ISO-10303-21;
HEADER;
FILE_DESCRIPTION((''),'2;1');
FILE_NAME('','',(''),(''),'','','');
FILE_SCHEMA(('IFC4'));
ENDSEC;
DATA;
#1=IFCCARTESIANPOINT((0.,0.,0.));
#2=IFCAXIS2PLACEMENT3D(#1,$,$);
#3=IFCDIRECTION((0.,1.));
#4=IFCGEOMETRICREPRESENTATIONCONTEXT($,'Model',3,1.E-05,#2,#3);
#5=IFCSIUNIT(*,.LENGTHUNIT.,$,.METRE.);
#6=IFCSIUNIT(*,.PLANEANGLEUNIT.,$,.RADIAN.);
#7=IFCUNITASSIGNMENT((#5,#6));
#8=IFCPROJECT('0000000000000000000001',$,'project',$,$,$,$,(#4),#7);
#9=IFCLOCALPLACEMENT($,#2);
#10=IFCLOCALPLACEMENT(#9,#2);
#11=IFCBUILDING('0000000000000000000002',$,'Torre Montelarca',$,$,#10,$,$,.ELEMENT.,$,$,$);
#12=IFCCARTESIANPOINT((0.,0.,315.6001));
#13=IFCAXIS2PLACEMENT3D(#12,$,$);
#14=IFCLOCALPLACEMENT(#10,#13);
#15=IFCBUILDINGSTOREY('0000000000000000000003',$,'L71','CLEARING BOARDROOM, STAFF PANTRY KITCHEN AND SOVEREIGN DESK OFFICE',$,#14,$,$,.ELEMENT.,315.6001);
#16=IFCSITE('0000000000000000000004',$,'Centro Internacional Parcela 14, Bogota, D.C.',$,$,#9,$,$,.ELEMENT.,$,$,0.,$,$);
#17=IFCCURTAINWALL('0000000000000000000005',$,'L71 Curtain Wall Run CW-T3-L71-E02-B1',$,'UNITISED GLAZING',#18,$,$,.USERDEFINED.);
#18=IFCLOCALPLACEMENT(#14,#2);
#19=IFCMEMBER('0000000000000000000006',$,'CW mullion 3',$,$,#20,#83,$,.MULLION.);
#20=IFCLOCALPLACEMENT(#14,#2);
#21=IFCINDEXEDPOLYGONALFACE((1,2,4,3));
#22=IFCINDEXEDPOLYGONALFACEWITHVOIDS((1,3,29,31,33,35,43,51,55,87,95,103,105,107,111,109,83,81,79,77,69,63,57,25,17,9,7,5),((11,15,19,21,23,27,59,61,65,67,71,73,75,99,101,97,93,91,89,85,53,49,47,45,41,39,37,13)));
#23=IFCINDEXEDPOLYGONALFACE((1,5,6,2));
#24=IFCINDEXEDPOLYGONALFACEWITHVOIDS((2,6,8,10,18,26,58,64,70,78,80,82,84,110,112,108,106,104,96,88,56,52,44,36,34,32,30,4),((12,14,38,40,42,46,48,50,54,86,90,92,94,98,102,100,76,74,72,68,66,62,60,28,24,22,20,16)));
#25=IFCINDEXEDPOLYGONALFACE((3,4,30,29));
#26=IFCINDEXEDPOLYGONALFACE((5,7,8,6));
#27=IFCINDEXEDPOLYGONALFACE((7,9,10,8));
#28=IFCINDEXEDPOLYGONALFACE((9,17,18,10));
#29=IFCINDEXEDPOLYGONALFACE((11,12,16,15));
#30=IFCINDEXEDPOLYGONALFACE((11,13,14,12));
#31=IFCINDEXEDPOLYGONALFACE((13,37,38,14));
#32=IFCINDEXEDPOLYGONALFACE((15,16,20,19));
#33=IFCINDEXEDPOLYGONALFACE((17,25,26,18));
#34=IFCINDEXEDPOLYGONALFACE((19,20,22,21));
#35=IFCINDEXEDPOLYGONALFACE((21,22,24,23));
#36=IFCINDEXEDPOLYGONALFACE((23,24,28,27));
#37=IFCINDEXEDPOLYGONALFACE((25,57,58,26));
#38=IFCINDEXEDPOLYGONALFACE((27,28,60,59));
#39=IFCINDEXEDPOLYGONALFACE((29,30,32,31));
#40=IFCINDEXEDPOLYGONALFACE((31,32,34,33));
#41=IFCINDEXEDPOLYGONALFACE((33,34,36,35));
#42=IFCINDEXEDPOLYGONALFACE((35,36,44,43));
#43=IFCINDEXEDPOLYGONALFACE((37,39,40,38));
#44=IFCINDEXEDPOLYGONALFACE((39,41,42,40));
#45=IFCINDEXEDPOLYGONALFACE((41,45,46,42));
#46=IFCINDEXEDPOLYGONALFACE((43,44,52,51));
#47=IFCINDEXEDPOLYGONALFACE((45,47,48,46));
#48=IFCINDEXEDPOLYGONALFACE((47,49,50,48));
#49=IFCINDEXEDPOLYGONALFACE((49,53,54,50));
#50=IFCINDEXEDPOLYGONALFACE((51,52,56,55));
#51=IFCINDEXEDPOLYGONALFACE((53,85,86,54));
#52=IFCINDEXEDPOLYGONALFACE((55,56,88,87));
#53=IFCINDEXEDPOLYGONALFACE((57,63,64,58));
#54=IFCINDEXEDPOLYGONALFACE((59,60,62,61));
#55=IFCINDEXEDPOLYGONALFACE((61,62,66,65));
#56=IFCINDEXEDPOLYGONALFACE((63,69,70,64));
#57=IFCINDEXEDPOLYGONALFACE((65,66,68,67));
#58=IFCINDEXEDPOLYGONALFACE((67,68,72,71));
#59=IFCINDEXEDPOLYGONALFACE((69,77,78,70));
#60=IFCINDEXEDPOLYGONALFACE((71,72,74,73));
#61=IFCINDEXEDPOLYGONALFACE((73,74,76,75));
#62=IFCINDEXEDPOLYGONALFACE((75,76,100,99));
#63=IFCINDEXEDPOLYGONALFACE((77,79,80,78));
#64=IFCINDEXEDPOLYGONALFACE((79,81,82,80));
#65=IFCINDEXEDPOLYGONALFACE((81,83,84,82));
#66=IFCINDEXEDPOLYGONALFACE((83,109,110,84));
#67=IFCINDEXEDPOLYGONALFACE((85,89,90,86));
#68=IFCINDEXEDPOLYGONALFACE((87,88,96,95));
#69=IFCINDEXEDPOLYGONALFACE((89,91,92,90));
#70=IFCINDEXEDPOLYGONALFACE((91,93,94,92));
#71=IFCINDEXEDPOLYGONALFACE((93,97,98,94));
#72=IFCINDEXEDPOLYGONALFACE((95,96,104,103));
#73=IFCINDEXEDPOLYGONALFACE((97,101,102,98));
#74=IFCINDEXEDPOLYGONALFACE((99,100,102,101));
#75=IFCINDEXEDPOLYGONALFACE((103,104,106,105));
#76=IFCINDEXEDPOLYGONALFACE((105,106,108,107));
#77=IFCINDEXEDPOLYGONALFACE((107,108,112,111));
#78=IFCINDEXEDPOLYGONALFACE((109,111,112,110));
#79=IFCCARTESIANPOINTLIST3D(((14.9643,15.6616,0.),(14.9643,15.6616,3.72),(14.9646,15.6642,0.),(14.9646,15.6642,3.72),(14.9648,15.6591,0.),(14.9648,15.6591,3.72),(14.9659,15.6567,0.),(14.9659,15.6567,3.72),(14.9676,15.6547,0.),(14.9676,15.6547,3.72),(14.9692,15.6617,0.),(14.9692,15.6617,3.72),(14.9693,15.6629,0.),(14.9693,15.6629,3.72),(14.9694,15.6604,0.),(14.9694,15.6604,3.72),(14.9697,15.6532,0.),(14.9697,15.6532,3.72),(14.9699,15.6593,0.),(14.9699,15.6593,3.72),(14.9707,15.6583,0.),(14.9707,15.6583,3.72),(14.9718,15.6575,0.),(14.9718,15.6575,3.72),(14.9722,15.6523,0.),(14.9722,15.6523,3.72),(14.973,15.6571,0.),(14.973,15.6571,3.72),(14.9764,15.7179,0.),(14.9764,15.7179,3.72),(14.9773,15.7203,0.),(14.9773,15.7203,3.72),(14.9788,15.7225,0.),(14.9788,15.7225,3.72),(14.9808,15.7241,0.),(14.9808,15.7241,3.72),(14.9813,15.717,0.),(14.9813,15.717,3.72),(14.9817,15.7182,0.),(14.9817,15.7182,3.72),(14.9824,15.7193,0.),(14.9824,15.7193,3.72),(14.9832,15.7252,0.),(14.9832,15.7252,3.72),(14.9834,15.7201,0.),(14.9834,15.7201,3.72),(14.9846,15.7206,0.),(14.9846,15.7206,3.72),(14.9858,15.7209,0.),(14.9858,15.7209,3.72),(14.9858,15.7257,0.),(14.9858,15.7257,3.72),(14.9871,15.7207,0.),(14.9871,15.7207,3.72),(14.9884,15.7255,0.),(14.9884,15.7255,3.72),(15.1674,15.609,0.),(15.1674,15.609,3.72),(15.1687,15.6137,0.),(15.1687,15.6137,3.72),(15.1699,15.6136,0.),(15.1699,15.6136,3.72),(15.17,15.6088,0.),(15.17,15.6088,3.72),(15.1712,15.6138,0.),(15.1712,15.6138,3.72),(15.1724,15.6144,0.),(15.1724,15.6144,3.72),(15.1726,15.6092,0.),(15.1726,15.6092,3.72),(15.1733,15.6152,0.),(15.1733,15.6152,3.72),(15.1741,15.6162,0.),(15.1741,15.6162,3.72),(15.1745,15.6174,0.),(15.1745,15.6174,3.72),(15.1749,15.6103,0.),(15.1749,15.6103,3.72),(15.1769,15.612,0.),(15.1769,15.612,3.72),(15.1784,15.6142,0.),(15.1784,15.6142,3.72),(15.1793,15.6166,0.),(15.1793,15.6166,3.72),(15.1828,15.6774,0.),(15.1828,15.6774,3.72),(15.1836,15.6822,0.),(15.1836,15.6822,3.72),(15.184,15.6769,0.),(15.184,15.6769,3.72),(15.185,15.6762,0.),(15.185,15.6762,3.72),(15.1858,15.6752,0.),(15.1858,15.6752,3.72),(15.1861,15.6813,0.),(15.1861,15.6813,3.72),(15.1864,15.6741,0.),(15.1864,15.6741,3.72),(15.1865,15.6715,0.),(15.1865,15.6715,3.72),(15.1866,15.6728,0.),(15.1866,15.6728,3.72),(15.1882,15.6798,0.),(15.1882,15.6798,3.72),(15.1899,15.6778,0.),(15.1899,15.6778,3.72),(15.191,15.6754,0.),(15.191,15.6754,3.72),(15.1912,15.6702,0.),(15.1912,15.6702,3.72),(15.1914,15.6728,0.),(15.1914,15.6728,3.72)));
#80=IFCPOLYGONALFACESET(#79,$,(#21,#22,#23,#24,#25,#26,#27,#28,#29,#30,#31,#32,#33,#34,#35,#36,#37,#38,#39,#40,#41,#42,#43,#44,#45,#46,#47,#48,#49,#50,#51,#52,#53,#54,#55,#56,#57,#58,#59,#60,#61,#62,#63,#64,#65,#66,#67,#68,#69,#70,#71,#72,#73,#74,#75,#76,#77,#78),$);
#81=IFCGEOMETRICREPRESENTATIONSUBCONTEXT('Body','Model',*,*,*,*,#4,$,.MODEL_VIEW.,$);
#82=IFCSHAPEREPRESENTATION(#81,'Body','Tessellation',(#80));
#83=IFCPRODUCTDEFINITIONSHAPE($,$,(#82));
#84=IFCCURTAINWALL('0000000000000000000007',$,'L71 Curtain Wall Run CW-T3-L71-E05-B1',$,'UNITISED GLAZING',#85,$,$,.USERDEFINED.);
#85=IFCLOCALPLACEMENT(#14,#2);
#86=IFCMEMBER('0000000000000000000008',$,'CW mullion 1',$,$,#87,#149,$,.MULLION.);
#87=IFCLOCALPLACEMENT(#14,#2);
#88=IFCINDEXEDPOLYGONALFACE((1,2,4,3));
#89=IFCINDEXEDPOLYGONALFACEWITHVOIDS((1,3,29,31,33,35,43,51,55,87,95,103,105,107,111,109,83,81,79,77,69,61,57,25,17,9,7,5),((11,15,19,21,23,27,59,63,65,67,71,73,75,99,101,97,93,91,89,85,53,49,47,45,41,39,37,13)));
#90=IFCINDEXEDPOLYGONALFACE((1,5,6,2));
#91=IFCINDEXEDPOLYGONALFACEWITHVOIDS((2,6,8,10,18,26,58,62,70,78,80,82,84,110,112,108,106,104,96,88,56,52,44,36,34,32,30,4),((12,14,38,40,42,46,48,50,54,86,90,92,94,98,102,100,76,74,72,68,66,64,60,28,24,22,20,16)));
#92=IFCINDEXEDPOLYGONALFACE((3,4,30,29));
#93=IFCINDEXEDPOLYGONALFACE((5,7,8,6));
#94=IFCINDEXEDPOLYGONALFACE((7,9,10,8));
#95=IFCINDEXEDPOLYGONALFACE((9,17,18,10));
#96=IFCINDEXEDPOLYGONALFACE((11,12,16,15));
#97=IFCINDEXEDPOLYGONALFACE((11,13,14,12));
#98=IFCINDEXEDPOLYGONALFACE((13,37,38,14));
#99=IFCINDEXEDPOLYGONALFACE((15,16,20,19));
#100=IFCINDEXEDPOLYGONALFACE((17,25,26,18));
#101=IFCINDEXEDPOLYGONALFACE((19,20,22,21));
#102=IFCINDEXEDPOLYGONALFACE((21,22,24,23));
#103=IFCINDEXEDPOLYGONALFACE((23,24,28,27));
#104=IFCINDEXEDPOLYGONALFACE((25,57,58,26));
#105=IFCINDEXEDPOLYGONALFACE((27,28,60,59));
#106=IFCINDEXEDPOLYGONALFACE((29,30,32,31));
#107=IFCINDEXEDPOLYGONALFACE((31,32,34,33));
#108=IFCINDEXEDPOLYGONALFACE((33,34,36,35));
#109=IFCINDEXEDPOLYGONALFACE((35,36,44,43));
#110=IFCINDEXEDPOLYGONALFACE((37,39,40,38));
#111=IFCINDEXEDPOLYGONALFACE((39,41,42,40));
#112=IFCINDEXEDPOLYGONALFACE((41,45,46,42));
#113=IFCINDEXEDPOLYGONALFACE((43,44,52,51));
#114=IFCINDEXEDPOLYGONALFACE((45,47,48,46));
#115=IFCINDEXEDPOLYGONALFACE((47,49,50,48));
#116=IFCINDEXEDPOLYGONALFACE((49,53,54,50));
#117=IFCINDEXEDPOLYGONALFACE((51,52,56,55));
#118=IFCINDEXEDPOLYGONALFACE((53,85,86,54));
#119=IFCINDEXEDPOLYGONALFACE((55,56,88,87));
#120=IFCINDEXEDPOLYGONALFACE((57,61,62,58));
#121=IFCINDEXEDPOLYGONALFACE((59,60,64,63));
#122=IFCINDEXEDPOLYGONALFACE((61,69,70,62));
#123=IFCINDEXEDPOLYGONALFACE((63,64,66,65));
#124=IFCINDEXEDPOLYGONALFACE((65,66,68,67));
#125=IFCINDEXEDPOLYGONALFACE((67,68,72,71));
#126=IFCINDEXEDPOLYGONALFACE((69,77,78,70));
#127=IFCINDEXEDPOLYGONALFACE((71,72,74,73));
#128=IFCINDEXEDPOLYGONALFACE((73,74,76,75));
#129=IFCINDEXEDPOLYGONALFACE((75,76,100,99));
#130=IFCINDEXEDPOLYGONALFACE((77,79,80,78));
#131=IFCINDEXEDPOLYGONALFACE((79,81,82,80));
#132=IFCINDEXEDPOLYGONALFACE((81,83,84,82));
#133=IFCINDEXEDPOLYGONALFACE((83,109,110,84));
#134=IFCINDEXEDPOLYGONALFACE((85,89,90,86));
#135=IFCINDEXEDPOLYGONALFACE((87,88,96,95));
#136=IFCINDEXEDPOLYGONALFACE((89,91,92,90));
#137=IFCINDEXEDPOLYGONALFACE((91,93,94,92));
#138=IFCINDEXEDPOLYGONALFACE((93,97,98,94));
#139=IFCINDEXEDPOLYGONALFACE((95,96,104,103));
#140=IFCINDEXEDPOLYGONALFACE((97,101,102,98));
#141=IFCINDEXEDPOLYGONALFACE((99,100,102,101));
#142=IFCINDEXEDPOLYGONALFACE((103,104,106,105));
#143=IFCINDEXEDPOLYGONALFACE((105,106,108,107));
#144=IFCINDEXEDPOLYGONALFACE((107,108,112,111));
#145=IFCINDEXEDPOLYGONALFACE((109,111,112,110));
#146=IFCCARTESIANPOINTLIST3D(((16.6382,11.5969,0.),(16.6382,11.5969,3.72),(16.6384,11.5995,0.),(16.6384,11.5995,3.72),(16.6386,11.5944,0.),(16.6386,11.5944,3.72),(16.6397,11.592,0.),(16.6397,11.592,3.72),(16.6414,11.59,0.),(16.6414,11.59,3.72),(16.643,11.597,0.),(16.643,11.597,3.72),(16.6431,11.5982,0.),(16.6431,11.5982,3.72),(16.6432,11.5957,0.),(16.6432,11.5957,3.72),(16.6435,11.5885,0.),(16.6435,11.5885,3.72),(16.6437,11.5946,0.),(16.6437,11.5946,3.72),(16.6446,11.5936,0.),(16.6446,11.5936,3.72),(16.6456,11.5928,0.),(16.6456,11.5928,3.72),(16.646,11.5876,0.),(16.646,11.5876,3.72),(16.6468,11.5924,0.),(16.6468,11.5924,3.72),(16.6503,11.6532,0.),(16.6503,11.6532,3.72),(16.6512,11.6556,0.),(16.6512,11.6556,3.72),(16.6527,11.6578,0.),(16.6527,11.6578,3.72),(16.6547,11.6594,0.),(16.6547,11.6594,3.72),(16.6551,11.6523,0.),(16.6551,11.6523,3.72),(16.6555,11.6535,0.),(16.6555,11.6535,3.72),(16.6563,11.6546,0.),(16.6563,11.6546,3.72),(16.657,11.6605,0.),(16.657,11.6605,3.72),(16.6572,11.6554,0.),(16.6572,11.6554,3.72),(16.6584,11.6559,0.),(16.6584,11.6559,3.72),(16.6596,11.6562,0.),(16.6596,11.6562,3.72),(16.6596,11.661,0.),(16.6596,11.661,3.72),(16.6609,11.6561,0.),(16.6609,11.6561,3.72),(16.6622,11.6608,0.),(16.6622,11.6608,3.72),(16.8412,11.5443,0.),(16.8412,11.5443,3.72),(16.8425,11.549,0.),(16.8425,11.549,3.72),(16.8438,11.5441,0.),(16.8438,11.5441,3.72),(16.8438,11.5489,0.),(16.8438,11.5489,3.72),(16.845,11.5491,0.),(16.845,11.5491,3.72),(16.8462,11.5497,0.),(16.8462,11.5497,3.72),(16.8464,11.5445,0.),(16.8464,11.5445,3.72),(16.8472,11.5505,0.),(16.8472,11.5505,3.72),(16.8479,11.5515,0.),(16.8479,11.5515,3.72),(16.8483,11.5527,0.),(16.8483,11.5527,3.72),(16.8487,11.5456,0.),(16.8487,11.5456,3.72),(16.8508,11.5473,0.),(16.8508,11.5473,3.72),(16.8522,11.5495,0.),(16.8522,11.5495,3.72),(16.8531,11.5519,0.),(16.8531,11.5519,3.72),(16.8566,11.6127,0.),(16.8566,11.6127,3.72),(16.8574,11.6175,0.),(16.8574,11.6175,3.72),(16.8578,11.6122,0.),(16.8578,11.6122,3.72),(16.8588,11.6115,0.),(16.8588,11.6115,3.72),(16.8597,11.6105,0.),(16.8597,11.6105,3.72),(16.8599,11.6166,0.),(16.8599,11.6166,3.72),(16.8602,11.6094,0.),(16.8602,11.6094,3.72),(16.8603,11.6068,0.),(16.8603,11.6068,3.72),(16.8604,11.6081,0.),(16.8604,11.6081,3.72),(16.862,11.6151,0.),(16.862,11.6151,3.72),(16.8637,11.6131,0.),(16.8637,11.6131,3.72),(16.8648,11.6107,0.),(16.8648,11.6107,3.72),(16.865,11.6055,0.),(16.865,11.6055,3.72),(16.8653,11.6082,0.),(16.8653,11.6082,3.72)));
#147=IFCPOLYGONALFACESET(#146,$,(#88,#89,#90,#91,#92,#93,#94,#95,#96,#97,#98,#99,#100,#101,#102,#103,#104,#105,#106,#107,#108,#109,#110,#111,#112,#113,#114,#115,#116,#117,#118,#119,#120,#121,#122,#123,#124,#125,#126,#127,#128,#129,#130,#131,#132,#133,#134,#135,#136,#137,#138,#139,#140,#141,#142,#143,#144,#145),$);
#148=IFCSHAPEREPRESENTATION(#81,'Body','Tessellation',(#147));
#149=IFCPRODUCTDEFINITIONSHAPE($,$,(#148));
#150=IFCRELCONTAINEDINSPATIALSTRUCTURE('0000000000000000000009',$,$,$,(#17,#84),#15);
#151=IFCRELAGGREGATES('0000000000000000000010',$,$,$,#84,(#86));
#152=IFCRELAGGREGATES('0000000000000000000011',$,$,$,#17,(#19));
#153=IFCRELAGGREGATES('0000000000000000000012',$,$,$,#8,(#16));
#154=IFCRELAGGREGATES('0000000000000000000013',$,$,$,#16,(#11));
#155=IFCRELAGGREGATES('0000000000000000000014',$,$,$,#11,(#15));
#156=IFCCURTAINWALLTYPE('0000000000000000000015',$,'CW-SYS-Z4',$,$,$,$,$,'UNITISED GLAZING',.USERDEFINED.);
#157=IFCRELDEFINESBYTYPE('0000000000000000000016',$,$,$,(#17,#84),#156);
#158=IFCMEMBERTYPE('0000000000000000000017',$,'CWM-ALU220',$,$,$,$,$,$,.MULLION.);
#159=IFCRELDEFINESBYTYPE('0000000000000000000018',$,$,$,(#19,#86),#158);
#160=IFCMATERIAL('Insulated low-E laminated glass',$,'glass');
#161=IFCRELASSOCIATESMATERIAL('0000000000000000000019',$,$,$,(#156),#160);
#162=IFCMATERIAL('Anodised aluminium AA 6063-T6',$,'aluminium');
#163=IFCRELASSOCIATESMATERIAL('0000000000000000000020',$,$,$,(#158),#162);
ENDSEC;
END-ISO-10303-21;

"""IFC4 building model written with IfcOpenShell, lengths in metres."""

from ifc_helpers import new_model, si_unit, direction, frame, origin, origin_2d, place, context, subcontext, project, spatial, hollow_rectangle, extrude, source, transform, mapped, material, material_profile, profile_set, type_object, element, aggregate, save


model = new_model("IFC4")

# Units and contexts
model_context = context("Model", 3, precision=1e-05, world=origin(), true_north=direction((0.0, 1.0)))
body_context = subcontext(model_context, "Body", "Model", "MODEL_VIEW")
ifc_project = project(units=[si_unit("LENGTHUNIT", "METRE"), si_unit("PLANEANGLEUNIT", "RADIAN")], contexts=[model_context])

# Site, building, storey
site_placement = place(None, origin())
site = spatial("IfcSite", under=ifc_project, at=site_placement, Name="Centro Internacional Parcela 14, Bogota, D.C.", CompositionType="ELEMENT", RefElevation=0.0)
building_placement = place(site_placement, origin())
building = spatial("IfcBuilding", under=site, at=building_placement, Name="Torre Montelarca", CompositionType="ELEMENT")
storey_placement = place(building_placement, frame((0.0, 0.0, 315.6001)))
storey = spatial("IfcBuildingStorey", under=building, at=storey_placement, Name="L71", Description="CLEARING BOARDROOM, STAFF PANTRY KITCHEN AND SOVEREIGN DESK OFFICE", CompositionType="ELEMENT", Elevation=315.6001)

# Curtain wall, member
ifc_material_1 = material(Name="Insulated low-E laminated glass", Category="glass")
curtain_wall_type = type_object("IfcCurtainWallType", Name="CW-SYS-Z4", ElementType="UNITISED GLAZING", PredefinedType="USERDEFINED", material=ifc_material_1)
ifc_material_2 = material(Name="Anodised aluminium AA 6063-T6", Category="aluminium")
ifc_material_profile_1 = material_profile(ifc_material_2, hollow_rectangle(XDim=0.075, YDim=0.22, WallThickness=0.0049, InnerFilletRadius=0.0049, OuterFilletRadius=0.01, at=origin_2d()), Name="ALU75X220X5", Category="aluminium")
ifc_profile_set_1 = profile_set([ifc_material_profile_1], Name="Anodised aluminium AA 6063-T6")
member_type_1 = type_object("IfcMemberType", Name="CWM-ALU220", PredefinedType="MULLION", material=ifc_profile_set_1)
shared_shape_1 = source(origin(), body_context, "Body", "SweptSolid", [
    extrude(hollow_rectangle(XDim=0.075, YDim=0.22, WallThickness=0.0049, InnerFilletRadius=0.0049, OuterFilletRadius=0.01, at=origin_2d()), origin(), (0.0, 0.0, 1.0), 3.72),
])
curtain_wall_1_placement = place(storey_placement, origin())
curtain_wall_1 = element("IfcCurtainWall", 1, at=curtain_wall_1_placement, inside=storey, type_object=curtain_wall_type, Name="L71 Curtain Wall Run CW-T3-L71-E02-B1", ObjectType="UNITISED GLAZING", PredefinedType="USERDEFINED")
member_1_placement = place(storey_placement, frame((15.0779, 15.6672, 0.0), z_axis=(0.0, 0.0, 1.0), x_axis=(0.216449, 0.976294, 0.0)))
member_1 = element("IfcMember", 2, at=member_1_placement, type_object=member_type_1, Name="CW mullion 3", PredefinedType="MULLION", context=body_context, shape_type="MappedRepresentation", body=[
    mapped(shared_shape_1, transform((0.0, 0.0, 0.0), scale=1.0)),
])

# Curtain wall, member
curtain_wall_2_placement = place(storey_placement, origin())
curtain_wall_2 = element("IfcCurtainWall", 3, at=curtain_wall_2_placement, inside=storey, type_object=curtain_wall_type, Name="L71 Curtain Wall Run CW-T3-L71-E05-B1", ObjectType="UNITISED GLAZING", PredefinedType="USERDEFINED")
member_2_placement = place(storey_placement, frame((16.7517, 11.6025, 0.0), z_axis=(0.0, 0.0, 1.0), x_axis=(0.216439, 0.976296, 0.0)))
member_2 = element("IfcMember", 4, at=member_2_placement, type_object=member_type_1, Name="CW mullion 1", PredefinedType="MULLION", context=body_context, shape_type="MappedRepresentation", body=[
    mapped(shared_shape_1, transform((0.0, 0.0, 0.0), scale=1.0)),
])
aggregate(curtain_wall_2, [member_2])

aggregate(curtain_wall_1, [member_1])

save(model, "model.ifc")
